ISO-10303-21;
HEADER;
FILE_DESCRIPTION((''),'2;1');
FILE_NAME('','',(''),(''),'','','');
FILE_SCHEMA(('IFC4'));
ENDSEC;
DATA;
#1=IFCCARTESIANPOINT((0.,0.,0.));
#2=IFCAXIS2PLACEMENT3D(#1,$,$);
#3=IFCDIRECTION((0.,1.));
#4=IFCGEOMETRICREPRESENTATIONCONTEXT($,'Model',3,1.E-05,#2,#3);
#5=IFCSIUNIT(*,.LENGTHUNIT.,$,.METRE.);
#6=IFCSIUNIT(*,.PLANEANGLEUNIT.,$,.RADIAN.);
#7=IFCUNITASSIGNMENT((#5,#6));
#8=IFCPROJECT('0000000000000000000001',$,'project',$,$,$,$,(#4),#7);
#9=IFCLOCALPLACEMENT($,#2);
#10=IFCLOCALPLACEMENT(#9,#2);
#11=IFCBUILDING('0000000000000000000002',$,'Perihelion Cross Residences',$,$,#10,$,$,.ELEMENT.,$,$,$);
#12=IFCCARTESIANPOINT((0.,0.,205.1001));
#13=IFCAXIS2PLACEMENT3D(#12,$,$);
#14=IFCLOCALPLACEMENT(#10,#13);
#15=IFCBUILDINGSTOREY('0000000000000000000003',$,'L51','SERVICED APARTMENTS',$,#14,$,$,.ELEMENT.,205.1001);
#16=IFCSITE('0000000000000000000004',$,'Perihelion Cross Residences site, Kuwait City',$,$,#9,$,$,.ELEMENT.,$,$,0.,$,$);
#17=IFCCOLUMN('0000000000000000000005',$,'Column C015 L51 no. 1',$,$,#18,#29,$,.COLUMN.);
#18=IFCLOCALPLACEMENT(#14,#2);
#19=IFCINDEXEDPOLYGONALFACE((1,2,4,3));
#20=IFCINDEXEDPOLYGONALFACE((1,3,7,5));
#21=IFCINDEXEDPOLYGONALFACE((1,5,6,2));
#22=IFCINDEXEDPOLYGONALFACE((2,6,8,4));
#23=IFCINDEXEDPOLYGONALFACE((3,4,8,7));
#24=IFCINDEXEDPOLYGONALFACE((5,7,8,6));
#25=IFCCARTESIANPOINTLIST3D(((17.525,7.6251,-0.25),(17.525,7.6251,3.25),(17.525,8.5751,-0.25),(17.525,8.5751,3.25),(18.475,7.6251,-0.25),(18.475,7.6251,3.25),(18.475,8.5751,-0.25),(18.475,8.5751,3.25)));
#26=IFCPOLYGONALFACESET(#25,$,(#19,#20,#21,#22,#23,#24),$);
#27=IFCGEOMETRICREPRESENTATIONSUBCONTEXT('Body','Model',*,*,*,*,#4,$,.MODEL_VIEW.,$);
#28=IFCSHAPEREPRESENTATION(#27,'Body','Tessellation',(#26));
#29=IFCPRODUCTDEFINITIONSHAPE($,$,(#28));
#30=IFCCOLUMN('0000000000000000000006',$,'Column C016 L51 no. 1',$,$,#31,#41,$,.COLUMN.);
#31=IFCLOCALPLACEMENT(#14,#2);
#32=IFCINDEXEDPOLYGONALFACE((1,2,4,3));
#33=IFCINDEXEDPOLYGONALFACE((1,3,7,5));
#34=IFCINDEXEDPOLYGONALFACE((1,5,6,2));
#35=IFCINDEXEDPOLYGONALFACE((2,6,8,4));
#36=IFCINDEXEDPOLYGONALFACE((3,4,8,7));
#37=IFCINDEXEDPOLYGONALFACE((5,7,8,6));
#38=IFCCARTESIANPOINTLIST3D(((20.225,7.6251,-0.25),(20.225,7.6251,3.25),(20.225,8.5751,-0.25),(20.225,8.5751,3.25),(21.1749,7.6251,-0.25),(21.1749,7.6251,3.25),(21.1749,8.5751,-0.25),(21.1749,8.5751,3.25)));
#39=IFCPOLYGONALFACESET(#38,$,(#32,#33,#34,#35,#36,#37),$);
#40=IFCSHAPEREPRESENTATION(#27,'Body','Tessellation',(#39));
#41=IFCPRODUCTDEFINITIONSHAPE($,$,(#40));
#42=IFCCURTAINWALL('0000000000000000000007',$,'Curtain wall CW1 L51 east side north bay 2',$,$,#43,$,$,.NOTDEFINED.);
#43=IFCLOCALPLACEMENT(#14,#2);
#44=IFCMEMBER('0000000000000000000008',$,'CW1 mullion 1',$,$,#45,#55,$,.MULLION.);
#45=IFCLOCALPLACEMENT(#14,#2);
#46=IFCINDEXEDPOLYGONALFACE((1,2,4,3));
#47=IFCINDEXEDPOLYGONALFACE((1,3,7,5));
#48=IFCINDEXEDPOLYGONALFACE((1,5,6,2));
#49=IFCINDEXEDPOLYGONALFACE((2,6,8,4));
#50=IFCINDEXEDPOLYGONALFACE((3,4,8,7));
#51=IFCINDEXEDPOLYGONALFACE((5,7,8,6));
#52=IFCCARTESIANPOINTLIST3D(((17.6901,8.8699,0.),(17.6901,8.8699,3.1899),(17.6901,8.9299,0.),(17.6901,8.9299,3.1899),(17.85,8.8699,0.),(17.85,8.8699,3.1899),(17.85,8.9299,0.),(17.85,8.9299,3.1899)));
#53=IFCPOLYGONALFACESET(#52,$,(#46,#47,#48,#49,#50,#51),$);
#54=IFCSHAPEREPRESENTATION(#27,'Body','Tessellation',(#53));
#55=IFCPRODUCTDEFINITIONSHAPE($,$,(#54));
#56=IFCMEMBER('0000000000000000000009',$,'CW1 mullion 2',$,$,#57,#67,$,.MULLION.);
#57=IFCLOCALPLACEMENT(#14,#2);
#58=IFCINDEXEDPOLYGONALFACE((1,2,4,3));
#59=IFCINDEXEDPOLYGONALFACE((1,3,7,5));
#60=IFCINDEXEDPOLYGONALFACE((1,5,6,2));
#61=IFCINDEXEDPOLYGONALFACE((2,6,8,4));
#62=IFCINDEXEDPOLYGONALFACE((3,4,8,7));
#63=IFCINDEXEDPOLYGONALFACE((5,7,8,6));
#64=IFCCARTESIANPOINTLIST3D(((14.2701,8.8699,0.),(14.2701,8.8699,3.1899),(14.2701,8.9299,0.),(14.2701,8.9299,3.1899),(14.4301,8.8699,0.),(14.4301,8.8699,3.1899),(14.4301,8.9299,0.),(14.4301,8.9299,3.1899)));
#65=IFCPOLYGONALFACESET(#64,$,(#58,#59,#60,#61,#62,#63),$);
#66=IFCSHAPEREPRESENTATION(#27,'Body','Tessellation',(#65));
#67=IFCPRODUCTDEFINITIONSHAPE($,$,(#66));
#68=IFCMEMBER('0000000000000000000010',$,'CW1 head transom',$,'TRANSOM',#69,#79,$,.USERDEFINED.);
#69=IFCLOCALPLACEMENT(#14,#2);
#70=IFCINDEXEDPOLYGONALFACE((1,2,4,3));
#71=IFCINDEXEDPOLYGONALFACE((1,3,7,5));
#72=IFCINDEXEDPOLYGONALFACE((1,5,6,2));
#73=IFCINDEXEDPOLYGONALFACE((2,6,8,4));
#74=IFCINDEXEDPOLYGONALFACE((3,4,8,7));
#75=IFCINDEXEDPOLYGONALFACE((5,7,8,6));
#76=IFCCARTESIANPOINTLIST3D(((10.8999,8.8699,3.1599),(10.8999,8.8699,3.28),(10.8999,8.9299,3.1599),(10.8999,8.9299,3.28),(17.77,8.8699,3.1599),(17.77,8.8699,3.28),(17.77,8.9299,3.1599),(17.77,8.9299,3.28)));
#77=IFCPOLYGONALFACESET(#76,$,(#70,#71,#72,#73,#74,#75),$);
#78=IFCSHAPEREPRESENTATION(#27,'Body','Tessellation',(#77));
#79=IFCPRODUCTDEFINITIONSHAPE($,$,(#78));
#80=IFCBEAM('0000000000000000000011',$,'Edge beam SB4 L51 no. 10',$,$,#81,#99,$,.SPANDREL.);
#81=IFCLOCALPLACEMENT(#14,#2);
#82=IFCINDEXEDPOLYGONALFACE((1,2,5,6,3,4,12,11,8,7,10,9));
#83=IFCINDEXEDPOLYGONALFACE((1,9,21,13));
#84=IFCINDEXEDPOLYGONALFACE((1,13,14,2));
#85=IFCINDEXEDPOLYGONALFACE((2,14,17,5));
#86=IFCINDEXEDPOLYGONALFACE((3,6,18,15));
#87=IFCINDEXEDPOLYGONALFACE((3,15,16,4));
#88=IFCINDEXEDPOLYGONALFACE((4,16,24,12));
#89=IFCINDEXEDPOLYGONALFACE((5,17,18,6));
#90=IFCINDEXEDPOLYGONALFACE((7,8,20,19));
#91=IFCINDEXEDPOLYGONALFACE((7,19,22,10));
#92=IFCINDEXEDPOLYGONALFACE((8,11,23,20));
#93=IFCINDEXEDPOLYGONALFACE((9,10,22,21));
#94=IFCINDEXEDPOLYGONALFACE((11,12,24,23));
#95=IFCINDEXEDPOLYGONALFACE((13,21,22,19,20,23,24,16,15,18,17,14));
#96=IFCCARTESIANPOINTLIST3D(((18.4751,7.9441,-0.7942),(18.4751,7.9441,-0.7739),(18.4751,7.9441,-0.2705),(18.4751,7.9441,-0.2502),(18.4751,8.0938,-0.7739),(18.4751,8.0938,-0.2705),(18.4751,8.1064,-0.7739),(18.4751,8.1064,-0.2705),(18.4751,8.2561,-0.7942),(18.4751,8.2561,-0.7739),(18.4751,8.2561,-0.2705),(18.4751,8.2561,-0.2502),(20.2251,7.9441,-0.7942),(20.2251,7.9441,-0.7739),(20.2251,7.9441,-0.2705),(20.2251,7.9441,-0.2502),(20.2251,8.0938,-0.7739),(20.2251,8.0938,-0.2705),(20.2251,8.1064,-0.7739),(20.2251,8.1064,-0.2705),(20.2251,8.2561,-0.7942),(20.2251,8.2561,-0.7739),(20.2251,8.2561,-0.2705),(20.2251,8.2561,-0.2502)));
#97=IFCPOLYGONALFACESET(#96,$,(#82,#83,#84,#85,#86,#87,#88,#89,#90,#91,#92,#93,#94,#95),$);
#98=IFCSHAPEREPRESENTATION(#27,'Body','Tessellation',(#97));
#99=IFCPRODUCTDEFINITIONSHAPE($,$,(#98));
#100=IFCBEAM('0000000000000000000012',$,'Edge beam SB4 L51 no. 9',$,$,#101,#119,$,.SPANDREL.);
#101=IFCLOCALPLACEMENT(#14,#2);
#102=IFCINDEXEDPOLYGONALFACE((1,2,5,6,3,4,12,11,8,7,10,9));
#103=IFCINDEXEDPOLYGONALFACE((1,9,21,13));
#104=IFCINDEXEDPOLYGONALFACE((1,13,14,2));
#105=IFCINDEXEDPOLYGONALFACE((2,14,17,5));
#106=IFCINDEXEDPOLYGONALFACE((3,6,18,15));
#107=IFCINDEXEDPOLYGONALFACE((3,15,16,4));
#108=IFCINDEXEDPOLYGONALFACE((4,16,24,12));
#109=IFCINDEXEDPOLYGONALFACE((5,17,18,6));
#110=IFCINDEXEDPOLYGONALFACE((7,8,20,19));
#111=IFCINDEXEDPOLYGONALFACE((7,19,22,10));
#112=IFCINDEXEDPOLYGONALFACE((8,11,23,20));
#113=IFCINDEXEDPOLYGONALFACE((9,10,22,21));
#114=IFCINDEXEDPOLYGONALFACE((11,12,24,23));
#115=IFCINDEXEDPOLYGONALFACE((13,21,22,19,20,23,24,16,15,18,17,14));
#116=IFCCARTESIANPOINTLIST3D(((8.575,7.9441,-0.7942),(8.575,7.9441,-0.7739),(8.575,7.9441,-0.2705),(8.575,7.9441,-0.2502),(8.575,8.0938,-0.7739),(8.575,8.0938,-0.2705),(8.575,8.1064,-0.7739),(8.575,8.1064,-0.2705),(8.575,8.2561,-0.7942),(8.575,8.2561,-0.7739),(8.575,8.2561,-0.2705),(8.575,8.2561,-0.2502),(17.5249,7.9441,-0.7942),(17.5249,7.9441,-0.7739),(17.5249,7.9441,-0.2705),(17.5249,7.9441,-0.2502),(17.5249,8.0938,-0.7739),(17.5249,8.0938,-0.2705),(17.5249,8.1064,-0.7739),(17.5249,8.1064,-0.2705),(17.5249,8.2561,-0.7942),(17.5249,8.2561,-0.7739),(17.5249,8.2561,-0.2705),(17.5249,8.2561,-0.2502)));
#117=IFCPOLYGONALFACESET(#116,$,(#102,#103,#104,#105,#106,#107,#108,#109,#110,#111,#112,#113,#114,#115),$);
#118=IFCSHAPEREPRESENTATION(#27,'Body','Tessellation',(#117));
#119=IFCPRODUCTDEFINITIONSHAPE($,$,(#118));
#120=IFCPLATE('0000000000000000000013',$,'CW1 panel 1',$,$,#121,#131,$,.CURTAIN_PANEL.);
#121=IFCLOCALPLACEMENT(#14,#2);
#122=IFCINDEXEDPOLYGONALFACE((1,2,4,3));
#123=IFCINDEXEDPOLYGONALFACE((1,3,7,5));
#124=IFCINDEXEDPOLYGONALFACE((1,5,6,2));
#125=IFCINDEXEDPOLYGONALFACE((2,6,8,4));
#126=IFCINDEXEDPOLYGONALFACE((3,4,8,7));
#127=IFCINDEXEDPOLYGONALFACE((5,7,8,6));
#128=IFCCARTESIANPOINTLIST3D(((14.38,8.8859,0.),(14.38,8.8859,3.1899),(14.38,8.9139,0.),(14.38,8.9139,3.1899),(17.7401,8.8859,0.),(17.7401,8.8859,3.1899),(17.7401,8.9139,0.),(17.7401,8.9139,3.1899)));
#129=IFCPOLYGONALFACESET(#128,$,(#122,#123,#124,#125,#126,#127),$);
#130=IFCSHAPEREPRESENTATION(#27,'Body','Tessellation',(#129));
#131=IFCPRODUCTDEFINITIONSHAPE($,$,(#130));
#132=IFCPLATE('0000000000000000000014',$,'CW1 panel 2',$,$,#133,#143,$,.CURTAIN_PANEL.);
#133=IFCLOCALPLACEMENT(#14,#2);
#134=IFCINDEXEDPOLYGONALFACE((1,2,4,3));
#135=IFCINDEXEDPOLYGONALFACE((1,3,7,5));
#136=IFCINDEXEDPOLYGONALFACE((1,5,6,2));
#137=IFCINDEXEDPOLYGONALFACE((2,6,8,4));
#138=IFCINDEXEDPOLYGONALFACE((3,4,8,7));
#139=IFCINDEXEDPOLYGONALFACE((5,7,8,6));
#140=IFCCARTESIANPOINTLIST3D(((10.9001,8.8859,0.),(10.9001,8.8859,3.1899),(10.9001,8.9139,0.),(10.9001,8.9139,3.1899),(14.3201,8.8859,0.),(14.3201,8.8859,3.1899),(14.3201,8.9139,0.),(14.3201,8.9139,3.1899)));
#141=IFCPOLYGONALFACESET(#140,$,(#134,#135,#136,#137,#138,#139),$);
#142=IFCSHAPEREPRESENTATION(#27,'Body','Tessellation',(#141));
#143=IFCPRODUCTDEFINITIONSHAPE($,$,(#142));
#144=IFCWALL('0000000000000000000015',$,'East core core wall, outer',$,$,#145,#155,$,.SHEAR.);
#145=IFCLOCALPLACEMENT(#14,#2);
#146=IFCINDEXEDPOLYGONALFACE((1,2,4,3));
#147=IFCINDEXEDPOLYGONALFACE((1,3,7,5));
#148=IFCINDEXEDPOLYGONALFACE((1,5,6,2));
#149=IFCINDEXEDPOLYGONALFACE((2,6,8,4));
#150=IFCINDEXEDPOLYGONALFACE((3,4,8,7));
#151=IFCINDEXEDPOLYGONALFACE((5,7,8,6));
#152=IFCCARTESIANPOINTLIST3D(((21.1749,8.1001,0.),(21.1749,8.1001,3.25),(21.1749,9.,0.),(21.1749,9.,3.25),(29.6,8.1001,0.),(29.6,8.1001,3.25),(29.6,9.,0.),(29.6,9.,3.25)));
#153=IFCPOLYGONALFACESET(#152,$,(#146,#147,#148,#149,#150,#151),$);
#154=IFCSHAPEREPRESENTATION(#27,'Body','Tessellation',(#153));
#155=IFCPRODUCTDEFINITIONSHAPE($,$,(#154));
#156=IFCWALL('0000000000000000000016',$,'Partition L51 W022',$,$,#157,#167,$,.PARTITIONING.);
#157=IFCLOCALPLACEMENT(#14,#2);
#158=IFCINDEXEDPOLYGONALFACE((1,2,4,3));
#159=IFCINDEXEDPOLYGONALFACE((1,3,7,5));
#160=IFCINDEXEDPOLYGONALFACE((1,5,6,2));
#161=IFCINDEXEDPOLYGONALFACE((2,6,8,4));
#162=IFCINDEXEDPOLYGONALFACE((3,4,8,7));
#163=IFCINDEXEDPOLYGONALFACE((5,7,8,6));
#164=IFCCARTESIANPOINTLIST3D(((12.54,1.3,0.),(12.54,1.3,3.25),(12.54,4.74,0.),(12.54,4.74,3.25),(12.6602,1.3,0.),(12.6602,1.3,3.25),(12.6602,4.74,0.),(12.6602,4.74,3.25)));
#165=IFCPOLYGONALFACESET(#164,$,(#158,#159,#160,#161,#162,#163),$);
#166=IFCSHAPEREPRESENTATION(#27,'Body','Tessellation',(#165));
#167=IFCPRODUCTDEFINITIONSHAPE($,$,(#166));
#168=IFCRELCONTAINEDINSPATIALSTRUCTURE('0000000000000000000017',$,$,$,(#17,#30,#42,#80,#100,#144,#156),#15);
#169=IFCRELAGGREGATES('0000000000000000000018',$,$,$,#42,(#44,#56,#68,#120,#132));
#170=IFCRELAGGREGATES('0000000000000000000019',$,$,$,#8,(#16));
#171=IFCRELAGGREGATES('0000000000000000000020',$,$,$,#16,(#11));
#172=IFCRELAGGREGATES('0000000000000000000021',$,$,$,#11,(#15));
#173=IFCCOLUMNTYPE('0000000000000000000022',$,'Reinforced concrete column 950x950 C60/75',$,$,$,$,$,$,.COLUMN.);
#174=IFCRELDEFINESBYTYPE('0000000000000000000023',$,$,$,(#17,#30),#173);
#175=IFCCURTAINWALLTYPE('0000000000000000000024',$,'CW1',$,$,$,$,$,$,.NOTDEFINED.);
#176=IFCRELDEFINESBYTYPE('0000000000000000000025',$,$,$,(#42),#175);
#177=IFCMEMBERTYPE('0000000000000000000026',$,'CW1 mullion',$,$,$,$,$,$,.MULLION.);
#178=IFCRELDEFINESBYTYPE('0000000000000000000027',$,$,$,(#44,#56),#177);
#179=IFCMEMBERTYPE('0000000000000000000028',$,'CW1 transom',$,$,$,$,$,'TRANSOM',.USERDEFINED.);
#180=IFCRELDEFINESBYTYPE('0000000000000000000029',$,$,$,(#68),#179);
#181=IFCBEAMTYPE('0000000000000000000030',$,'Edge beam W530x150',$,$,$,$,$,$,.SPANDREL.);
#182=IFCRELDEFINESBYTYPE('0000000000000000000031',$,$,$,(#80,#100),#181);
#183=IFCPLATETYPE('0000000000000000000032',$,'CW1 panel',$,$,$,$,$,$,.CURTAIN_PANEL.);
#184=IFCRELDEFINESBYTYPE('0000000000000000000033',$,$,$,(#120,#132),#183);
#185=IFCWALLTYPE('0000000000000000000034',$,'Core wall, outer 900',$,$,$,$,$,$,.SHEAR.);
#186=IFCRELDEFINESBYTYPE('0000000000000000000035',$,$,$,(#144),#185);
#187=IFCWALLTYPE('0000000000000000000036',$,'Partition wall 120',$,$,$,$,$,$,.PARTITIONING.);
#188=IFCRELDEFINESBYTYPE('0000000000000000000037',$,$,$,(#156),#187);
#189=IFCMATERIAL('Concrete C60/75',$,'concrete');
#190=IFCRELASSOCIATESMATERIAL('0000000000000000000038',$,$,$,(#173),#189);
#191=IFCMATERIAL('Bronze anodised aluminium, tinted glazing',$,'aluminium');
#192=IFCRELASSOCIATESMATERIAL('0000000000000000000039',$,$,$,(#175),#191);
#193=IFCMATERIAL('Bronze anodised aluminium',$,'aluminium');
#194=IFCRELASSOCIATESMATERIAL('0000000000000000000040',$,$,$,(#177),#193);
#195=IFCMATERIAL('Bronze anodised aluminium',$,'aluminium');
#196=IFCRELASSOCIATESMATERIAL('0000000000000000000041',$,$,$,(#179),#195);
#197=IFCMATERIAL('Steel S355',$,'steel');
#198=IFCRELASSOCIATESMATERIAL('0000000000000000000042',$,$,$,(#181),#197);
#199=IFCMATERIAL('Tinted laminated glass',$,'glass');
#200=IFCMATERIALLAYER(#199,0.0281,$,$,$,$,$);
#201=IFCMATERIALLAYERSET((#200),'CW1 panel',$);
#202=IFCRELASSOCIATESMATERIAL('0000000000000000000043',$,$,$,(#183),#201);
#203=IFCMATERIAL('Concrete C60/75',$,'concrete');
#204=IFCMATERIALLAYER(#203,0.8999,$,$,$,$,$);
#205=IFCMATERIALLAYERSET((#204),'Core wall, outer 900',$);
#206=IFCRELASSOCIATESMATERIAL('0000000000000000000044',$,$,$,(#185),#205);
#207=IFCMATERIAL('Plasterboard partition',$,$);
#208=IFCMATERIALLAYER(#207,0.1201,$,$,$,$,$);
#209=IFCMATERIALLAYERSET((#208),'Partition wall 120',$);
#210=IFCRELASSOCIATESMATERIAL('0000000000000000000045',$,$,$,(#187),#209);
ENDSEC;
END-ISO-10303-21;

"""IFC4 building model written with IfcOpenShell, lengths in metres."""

from ifc_helpers import new_model, si_unit, direction, frame, frame_2d, origin, origin_2d, place, context, subcontext, project, spatial, rectangle, i_section, extrude, material, layer, layer_set, material_profile, profile_set, type_object, element, aggregate, save


model = new_model("IFC4")

# Units and contexts
model_context = context("Model", 3, precision=1e-05, world=origin(), true_north=direction((0.0, 1.0)))
body_context = subcontext(model_context, "Body", "Model", "MODEL_VIEW")
ifc_project = project(units=[si_unit("LENGTHUNIT", "METRE"), si_unit("PLANEANGLEUNIT", "RADIAN")], contexts=[model_context])

# Site, building, storey
site_placement = place(None, origin())
site = spatial("IfcSite", under=ifc_project, at=site_placement, Name="Perihelion Cross Residences site, Kuwait City", CompositionType="ELEMENT", RefElevation=0.0)
building_placement = place(site_placement, origin())
building = spatial("IfcBuilding", under=site, at=building_placement, Name="Perihelion Cross Residences", CompositionType="ELEMENT")
storey_placement = place(building_placement, frame((0.0, 0.0, 205.1001)))
storey = spatial("IfcBuildingStorey", under=building, at=storey_placement, Name="L51", Description="SERVICED APARTMENTS", CompositionType="ELEMENT", Elevation=205.1001)

# Columns
ifc_material_1 = material(Name="Concrete C60/75", Category="concrete")
ifc_material_profile_1 = material_profile(ifc_material_1, rectangle(XDim=0.95, YDim=0.95, at=origin_2d()), Name="RC 950x950")
ifc_profile_set_1 = profile_set([ifc_material_profile_1], Name="Concrete C60/75")
column_type = type_object("IfcColumnType", Name="Reinforced concrete column 950x950 C60/75", PredefinedType="COLUMN", material=ifc_profile_set_1)
for number, where, z_axis, x_axis, name in (
    (1, (18.0, 8.1001, -0.25), (0.0, 0.0, 1.0), (1.0, 0.0, 0.0), "Column C015 L51 no. 1"),
    (2, (20.7, 8.1001, -0.25), (0.0, 0.0, 1.0), (1.0, 0.0, 0.0), "Column C016 L51 no. 1"),
):
    element("IfcColumn", number, at=place(storey_placement, frame(where, z_axis=z_axis, x_axis=x_axis)), inside=storey, type_object=column_type, Name=name, PredefinedType="COLUMN", context=body_context, shape_type="SweptSolid", body=[
        extrude(rectangle(XDim=0.95, YDim=0.95, at=origin_2d()), origin(), (0.0, 0.0, 1.0), 3.5),
    ])

# Curtain wall, members
ifc_material_2 = material(Name="Bronze anodised aluminium, tinted glazing", Category="aluminium")
curtain_wall_type = type_object("IfcCurtainWallType", Name="CW1", PredefinedType="NOTDEFINED", material=ifc_material_2)
curtain_wall_placement = place(storey_placement, origin())
curtain_wall = element("IfcCurtainWall", 3, at=curtain_wall_placement, inside=storey, type_object=curtain_wall_type, Name="Curtain wall CW1 L51 east side north bay 2", PredefinedType="NOTDEFINED")
ifc_material_3 = material(Name="Bronze anodised aluminium", Category="aluminium")
ifc_material_profile_2 = material_profile(ifc_material_3, rectangle(XDim=0.0601, YDim=0.1599, at=origin_2d()), Name="CW1 mullion")
ifc_profile_set_2 = profile_set([ifc_material_profile_2], Name="Bronze anodised aluminium")
member_type_1 = type_object("IfcMemberType", Name="CW1 mullion", PredefinedType="MULLION", material=ifc_profile_set_2)
member_1_placement = place(storey_placement, frame((17.77, 8.8999, 0.0), z_axis=(0.0, 0.0, 1.0), x_axis=(0.0, -1.0, 0.0)))
member_1 = element("IfcMember", 4, at=member_1_placement, type_object=member_type_1, Name="CW1 mullion 1", PredefinedType="MULLION", context=body_context, shape_type="SweptSolid", body=[
    extrude(rectangle(XDim=0.0601, YDim=0.1599, at=origin_2d()), origin(), (0.0, 0.0, 1.0), 3.1899),
])
member_2_placement = place(storey_placement, frame((14.3501, 8.8999, 0.0), z_axis=(0.0, 0.0, 1.0), x_axis=(0.0, -1.0, 0.0)))
member_2 = element("IfcMember", 5, at=member_2_placement, type_object=member_type_1, Name="CW1 mullion 2", PredefinedType="MULLION", context=body_context, shape_type="SweptSolid", body=[
    extrude(rectangle(XDim=0.0601, YDim=0.1599, at=origin_2d()), origin(), (0.0, 0.0, 1.0), 3.1899),
])
ifc_material_4 = material(Name="Bronze anodised aluminium", Category="aluminium")
ifc_material_profile_3 = material_profile(ifc_material_4, rectangle(XDim=0.0601, YDim=0.1201, at=origin_2d()), Name="CW1 transom")
ifc_profile_set_3 = profile_set([ifc_material_profile_3], Name="Bronze anodised aluminium")
member_type_2 = type_object("IfcMemberType", Name="CW1 transom", ElementType="TRANSOM", PredefinedType="USERDEFINED", material=ifc_profile_set_3)
member_3_placement = place(storey_placement, frame((17.77, 8.8999, 3.22), z_axis=(-1.0, 0.0, 0.0), x_axis=(0.0, -1.0, 0.0)))
member_3 = element("IfcMember", 6, at=member_3_placement, type_object=member_type_2, Name="CW1 head transom", ObjectType="TRANSOM", PredefinedType="USERDEFINED", context=body_context, shape_type="SweptSolid", body=[
    extrude(rectangle(XDim=0.0601, YDim=0.1201, at=origin_2d()), origin(), (0.0, 0.0, 1.0), 6.8701),
])

# Beams
ifc_material_5 = material(Name="Steel S355", Category="steel")
ifc_material_profile_4 = material_profile(ifc_material_5, i_section(OverallWidth=0.312, OverallDepth=0.5439, WebThickness=0.0127, FlangeThickness=0.0203, at=origin_2d()), Name="W530x150")
ifc_profile_set_4 = profile_set([ifc_material_profile_4], Name="Steel S355")
beam_type = type_object("IfcBeamType", Name="Edge beam W530x150", PredefinedType="SPANDREL", material=ifc_profile_set_4)
beam_1_placement = place(storey_placement, frame((20.2251, 8.1001, -0.5222), z_axis=(-1.0, 0.0, 0.0), x_axis=(0.0, -1.0, 0.0)))
element("IfcBeam", 7, at=beam_1_placement, inside=storey, type_object=beam_type, Name="Edge beam SB4 L51 no. 10", PredefinedType="SPANDREL", context=body_context, shape_type="SweptSolid", body=[
    extrude(i_section(OverallWidth=0.312, OverallDepth=0.5439, WebThickness=0.0127, FlangeThickness=0.0203, at=origin_2d()), origin(), (0.0, 0.0, 1.0), 1.75),
])
beam_2_placement = place(storey_placement, frame((17.5249, 8.1001, -0.5222), z_axis=(-1.0, 0.0, 0.0), x_axis=(0.0, -1.0, 0.0)))
element("IfcBeam", 8, at=beam_2_placement, inside=storey, type_object=beam_type, Name="Edge beam SB4 L51 no. 9", PredefinedType="SPANDREL", context=body_context, shape_type="SweptSolid", body=[
    extrude(i_section(OverallWidth=0.312, OverallDepth=0.5439, WebThickness=0.0127, FlangeThickness=0.0203, at=origin_2d()), origin(), (0.0, 0.0, 1.0), 8.95),
])

# Plates
ifc_material_6 = material(Name="Tinted laminated glass", Category="glass")
ifc_layer_1 = layer(ifc_material_6, 0.0281)
ifc_layer_set_1 = layer_set([ifc_layer_1], Name="CW1 panel")
plate_type = type_object("IfcPlateType", Name="CW1 panel", PredefinedType="CURTAIN_PANEL", material=ifc_layer_set_1)
plate_1_placement = place(storey_placement, frame((16.0601, 8.8999, 0.0), z_axis=(0.0, 0.0, 1.0), x_axis=(-1.0, 0.0, 0.0)))
plate_1 = element("IfcPlate", 9, at=plate_1_placement, type_object=plate_type, Name="CW1 panel 1", PredefinedType="CURTAIN_PANEL", context=body_context, shape_type="SweptSolid", body=[
    extrude(rectangle(XDim=3.3601, YDim=0.0281, at=origin_2d()), origin(), (0.0, 0.0, 1.0), 3.1899),
])
plate_2_placement = place(storey_placement, frame((12.6101, 8.8999, 0.0), z_axis=(0.0, 0.0, 1.0), x_axis=(-1.0, 0.0, 0.0)))
plate_2 = element("IfcPlate", 10, at=plate_2_placement, type_object=plate_type, Name="CW1 panel 2", PredefinedType="CURTAIN_PANEL", context=body_context, shape_type="SweptSolid", body=[
    extrude(rectangle(XDim=3.4199, YDim=0.0281, at=origin_2d()), origin(), (0.0, 0.0, 1.0), 3.1899),
])
aggregate(curtain_wall, [member_1, member_2, member_3, plate_1, plate_2])

# Walls
ifc_material_7 = material(Name="Concrete C60/75", Category="concrete")
ifc_layer_2 = layer(ifc_material_7, 0.8999)
ifc_layer_set_2 = layer_set([ifc_layer_2], Name="Core wall, outer 900")
wall_type_1 = type_object("IfcWallType", Name="Core wall, outer 900", PredefinedType="SHEAR", material=ifc_layer_set_2)
wall_1_placement = place(storey_placement, frame((21.175, 8.55, 0.0), z_axis=(0.0, 0.0, 1.0), x_axis=(1.0, 0.0, 0.0)))
element("IfcWall", 11, at=wall_1_placement, inside=storey, type_object=wall_type_1, Name="East core core wall, outer", PredefinedType="SHEAR", context=body_context, shape_type="SweptSolid", body=[
    extrude(rectangle(XDim=8.425, YDim=0.8999, at=frame_2d((4.2124, 0.0))), origin(), (0.0, 0.0, 1.0), 3.25),
])
ifc_material_8 = material(Name="Plasterboard partition")
ifc_layer_3 = layer(ifc_material_8, 0.1201)
ifc_layer_set_3 = layer_set([ifc_layer_3], Name="Partition wall 120")
wall_type_2 = type_object("IfcWallType", Name="Partition wall 120", PredefinedType="PARTITIONING", material=ifc_layer_set_3)
wall_2_placement = place(storey_placement, frame((12.6001, 4.74, 0.0), z_axis=(0.0, 0.0, 1.0), x_axis=(0.0, -1.0, 0.0)))
element("IfcWall", 12, at=wall_2_placement, inside=storey, type_object=wall_type_2, Name="Partition L51 W022", PredefinedType="PARTITIONING", context=body_context, shape_type="SweptSolid", body=[
    extrude(rectangle(XDim=3.4399, YDim=0.1201, at=frame_2d((1.72, 0.0))), origin(), (0.0, 0.0, 1.0), 3.25),
])

save(model, "model.ifc")
